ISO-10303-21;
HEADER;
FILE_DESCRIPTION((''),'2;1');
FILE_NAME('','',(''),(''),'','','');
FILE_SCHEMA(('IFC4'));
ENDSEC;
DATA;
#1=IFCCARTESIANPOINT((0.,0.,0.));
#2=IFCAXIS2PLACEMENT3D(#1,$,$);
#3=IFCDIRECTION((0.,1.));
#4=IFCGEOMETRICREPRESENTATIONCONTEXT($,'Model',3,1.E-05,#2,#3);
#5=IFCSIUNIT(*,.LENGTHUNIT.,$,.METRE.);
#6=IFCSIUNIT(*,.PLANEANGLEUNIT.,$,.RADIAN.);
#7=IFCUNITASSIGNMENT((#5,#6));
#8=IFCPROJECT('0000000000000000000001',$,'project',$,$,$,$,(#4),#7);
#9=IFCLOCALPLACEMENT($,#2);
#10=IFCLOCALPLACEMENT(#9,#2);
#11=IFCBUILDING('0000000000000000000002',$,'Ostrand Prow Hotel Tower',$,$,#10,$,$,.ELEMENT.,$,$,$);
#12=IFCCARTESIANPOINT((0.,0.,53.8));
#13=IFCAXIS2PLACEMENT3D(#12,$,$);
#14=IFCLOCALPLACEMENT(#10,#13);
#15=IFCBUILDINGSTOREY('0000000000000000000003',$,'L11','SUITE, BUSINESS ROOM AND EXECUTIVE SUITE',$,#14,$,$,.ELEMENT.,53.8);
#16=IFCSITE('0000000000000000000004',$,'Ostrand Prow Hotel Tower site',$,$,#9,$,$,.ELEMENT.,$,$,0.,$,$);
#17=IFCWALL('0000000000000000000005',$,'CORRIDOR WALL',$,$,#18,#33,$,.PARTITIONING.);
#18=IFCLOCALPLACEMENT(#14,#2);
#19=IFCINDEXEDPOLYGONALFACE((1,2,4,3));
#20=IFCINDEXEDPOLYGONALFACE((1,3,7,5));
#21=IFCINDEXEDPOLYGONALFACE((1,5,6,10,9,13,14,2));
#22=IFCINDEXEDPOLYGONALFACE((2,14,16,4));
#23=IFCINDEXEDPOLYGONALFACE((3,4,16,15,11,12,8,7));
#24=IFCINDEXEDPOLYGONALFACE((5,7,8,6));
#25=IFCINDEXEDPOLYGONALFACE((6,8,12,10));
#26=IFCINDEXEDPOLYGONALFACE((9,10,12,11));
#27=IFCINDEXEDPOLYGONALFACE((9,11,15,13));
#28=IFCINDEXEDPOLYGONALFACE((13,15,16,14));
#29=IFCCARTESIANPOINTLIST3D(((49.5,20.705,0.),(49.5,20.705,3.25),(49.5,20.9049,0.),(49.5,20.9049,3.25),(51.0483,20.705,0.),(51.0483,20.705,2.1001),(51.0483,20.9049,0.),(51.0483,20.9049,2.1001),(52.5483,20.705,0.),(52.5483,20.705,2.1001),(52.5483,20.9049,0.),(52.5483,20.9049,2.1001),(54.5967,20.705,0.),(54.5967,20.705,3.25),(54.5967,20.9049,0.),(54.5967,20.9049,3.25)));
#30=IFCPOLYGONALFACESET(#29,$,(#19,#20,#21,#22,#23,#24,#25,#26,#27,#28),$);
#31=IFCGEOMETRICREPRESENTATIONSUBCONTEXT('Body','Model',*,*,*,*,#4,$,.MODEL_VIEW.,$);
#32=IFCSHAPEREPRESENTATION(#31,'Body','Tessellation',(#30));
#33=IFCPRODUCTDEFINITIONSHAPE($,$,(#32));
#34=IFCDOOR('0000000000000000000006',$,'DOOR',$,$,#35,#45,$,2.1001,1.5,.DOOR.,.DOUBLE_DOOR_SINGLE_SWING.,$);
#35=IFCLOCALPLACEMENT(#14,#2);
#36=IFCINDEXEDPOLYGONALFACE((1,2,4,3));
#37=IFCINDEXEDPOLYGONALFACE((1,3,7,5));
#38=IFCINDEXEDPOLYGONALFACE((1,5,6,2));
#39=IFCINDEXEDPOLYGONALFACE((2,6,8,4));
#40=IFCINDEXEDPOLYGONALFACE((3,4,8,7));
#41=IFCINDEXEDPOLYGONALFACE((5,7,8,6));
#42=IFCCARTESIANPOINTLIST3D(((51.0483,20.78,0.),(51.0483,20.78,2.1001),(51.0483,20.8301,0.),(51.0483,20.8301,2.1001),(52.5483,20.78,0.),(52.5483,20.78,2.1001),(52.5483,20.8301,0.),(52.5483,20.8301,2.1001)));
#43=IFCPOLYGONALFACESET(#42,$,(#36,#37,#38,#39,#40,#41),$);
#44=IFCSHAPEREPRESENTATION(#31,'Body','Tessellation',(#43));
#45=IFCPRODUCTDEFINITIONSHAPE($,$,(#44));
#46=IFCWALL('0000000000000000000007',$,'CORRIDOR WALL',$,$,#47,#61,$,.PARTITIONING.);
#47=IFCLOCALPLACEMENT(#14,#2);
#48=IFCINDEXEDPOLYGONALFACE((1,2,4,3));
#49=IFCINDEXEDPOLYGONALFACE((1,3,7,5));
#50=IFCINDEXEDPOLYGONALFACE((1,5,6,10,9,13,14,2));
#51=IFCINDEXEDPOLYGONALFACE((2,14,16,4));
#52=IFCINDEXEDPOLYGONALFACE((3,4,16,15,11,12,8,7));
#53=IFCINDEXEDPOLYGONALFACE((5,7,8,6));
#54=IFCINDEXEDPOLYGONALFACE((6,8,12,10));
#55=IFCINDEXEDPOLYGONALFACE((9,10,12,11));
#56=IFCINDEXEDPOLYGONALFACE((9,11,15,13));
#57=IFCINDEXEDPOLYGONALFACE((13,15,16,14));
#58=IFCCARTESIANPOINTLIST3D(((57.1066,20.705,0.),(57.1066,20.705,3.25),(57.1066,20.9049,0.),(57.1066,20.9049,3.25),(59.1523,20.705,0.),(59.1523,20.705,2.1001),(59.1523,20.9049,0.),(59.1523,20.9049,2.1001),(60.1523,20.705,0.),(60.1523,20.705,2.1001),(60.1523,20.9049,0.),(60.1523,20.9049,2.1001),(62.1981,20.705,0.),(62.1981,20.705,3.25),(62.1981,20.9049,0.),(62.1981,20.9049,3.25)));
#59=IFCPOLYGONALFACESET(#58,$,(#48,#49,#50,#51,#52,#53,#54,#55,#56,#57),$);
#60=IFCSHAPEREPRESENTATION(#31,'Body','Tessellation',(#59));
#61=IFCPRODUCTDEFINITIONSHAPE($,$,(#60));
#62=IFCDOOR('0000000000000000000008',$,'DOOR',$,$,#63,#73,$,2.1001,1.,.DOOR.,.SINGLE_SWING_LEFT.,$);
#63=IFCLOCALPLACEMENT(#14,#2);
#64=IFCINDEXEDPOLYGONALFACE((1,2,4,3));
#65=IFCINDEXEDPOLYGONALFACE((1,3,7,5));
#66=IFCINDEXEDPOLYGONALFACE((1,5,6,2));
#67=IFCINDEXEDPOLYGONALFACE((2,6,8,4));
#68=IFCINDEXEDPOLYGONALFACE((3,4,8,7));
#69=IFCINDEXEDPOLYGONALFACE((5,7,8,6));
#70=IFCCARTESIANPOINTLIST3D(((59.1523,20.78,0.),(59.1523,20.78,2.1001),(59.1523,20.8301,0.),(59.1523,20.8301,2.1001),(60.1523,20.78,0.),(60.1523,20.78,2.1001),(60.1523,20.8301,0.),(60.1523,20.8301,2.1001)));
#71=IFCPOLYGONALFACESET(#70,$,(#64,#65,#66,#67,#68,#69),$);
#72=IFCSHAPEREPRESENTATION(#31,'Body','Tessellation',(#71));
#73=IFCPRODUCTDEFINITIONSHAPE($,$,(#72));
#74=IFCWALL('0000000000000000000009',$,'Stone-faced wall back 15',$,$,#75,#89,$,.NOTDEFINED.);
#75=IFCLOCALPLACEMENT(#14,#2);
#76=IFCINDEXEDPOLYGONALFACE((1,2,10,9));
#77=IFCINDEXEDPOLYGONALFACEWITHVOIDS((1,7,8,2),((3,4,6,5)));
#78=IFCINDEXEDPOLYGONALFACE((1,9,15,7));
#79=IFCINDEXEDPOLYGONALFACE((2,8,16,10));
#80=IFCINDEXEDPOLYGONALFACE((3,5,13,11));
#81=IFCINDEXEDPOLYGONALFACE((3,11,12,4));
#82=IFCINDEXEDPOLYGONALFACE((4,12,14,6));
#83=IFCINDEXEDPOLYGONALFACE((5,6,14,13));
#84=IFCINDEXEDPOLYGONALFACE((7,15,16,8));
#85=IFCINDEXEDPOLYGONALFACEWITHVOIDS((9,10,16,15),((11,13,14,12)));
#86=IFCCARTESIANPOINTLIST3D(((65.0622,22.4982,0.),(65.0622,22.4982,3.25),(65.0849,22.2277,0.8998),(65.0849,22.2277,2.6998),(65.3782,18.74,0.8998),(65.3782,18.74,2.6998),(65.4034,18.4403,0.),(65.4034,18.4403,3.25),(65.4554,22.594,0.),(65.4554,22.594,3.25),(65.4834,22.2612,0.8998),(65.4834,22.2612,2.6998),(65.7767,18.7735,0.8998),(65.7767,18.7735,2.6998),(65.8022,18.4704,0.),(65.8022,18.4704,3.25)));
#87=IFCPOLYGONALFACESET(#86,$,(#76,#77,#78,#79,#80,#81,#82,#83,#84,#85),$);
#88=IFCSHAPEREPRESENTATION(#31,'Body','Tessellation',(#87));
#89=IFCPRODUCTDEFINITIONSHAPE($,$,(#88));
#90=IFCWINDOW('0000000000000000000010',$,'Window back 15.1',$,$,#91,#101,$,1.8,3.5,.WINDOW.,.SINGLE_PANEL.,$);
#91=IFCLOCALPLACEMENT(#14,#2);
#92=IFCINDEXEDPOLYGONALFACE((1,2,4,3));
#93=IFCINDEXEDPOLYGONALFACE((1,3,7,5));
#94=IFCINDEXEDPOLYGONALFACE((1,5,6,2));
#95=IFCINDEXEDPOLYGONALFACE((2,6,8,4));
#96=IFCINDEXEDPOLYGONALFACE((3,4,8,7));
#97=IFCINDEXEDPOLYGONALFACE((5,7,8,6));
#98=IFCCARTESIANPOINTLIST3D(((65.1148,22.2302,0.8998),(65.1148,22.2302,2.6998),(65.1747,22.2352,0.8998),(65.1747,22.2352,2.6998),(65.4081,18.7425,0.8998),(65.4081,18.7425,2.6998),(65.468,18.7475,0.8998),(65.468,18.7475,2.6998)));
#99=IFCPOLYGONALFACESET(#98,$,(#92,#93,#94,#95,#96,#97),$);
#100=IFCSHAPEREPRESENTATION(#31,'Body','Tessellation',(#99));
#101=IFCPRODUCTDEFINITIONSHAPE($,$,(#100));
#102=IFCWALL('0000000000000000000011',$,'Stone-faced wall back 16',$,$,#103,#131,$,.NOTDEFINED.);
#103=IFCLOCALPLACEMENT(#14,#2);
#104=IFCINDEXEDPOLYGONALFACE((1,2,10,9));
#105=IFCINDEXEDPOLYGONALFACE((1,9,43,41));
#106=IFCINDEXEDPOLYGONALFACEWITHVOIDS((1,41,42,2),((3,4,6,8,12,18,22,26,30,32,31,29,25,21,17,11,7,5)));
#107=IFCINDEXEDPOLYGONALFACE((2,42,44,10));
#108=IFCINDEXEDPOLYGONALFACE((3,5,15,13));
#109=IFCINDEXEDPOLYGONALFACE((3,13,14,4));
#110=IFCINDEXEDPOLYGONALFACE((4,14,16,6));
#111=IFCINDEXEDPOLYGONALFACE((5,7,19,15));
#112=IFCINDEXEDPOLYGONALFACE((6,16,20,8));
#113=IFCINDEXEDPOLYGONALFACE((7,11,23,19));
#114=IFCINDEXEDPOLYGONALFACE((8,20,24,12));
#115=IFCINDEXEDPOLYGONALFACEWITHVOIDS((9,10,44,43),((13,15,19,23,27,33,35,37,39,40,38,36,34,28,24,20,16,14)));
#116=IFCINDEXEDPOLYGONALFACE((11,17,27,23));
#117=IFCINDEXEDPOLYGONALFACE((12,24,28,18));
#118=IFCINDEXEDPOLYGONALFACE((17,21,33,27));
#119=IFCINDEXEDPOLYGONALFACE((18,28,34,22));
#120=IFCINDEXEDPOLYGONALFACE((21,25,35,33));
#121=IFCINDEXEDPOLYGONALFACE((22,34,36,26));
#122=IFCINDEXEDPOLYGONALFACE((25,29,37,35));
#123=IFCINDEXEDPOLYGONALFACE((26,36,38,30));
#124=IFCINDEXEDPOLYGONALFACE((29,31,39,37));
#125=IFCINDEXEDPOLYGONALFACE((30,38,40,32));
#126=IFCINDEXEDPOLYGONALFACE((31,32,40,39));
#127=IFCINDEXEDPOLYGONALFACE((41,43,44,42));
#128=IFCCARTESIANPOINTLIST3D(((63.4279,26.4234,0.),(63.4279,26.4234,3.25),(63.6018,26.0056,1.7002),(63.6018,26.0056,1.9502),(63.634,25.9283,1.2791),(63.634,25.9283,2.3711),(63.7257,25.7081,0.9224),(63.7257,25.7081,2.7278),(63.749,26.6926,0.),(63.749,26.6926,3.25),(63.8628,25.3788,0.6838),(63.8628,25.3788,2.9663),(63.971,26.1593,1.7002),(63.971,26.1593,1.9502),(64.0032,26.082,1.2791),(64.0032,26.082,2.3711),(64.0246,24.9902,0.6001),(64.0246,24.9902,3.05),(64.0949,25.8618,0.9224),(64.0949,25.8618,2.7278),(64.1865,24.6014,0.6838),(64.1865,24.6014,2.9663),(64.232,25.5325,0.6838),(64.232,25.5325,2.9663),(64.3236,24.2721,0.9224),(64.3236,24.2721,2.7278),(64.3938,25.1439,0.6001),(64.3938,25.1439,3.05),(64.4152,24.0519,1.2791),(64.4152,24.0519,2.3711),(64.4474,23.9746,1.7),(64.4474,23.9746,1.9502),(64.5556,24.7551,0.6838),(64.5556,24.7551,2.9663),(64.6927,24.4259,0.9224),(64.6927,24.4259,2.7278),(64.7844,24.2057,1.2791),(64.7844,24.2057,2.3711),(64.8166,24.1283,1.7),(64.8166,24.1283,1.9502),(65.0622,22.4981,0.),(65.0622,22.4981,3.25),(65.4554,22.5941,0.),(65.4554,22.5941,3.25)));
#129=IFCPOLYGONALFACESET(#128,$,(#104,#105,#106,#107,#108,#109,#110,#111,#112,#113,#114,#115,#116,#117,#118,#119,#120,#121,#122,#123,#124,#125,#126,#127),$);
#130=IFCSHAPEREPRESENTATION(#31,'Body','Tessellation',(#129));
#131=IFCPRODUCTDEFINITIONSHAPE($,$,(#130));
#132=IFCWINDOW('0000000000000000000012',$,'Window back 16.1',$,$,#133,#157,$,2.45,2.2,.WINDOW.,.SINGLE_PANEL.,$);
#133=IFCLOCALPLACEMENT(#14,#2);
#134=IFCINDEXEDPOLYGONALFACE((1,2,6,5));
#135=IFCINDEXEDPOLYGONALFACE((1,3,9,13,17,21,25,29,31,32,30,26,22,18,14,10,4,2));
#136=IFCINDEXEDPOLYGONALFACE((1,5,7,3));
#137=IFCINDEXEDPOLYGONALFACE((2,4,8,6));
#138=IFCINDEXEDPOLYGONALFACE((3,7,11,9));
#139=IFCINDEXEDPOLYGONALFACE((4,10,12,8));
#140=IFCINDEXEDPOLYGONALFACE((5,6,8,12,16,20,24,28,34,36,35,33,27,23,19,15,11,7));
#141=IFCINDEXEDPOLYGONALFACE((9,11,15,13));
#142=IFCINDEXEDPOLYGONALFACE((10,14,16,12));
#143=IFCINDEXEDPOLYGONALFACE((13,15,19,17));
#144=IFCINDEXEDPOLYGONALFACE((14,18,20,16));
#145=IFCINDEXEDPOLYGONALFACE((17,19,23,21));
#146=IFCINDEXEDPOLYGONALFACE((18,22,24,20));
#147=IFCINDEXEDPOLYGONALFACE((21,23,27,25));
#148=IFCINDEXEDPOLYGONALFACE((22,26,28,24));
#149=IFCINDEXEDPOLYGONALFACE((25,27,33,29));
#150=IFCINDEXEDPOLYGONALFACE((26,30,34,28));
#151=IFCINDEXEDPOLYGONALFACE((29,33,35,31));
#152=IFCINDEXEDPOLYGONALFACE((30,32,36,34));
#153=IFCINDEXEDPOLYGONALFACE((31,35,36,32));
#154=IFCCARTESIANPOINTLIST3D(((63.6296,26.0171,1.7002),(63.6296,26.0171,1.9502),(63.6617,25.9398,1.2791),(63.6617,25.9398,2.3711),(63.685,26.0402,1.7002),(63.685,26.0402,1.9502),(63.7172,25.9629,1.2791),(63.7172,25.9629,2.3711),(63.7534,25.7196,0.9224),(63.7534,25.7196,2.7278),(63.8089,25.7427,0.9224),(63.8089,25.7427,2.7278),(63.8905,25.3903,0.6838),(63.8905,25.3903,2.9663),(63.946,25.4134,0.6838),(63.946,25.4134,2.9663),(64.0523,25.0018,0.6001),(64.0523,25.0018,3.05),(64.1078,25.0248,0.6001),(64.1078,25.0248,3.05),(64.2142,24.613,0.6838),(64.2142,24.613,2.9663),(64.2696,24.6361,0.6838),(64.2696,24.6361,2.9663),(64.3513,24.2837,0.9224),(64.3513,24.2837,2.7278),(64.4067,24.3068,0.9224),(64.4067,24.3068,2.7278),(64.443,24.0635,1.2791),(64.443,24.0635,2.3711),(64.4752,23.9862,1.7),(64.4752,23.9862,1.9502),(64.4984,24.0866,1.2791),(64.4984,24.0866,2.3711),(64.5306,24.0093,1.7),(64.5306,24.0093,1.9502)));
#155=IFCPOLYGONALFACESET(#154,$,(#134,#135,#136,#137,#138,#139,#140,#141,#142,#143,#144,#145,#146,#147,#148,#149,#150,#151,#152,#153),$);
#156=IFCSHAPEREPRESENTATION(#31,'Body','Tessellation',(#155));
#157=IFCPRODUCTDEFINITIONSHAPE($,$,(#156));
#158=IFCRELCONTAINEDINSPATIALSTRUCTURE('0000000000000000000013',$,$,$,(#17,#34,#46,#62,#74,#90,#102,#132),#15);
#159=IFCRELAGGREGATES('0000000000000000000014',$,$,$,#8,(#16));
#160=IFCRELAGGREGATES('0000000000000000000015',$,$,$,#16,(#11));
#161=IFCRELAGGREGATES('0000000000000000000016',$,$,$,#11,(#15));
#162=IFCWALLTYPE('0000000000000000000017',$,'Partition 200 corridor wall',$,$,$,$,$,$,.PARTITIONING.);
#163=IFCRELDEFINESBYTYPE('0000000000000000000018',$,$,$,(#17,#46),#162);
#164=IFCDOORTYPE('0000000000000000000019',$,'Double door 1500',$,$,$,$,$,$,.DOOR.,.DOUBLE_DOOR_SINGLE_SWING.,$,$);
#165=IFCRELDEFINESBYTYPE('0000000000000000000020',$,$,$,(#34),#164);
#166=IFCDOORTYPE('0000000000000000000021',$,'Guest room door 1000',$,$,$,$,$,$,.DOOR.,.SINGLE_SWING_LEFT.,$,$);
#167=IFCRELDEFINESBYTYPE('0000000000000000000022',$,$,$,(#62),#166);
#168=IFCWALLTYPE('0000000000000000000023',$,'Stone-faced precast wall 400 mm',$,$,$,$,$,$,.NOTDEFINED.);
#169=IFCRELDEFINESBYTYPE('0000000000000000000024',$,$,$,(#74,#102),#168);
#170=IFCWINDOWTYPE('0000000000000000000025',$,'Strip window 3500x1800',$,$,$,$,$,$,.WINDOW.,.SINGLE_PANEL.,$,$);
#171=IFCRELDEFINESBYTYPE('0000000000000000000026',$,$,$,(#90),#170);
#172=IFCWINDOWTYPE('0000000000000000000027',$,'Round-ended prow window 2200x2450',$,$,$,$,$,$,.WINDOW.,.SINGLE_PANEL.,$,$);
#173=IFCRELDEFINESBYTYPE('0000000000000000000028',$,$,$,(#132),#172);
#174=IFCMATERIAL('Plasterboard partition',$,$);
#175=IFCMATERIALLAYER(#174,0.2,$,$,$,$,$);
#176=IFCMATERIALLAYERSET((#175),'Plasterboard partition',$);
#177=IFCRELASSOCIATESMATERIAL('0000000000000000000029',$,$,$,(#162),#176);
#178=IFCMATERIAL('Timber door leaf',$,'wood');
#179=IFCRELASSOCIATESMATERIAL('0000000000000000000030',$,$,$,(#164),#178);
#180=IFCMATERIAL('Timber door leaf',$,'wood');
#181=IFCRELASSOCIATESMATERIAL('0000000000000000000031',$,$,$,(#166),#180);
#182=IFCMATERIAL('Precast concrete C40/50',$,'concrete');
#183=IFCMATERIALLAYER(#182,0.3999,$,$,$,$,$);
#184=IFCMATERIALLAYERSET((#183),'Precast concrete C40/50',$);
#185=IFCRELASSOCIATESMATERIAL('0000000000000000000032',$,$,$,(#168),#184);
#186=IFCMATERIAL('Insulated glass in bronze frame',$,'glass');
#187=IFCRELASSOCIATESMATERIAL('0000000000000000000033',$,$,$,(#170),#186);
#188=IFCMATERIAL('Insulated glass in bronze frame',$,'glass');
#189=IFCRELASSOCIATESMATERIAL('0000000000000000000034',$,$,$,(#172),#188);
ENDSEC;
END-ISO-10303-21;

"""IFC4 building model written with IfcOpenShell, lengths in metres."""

from ifc_helpers import new_model, si_unit, direction, frame, frame_2d, origin, place, context, subcontext, project, spatial, polyline, rectangle, outline, extrude, material, layer, layer_set, type_object, element, fill, save


model = new_model("IFC4")

# Units and contexts
model_context = context("Model", 3, precision=1e-05, world=origin(), true_north=direction((0.0, 1.0)))
body_context = subcontext(model_context, "Body", "Model", "MODEL_VIEW")
ifc_project = project(units=[si_unit("LENGTHUNIT", "METRE"), si_unit("PLANEANGLEUNIT", "RADIAN")], contexts=[model_context])

# Site, building, storey
site_placement = place(None, origin())
site = spatial("IfcSite", under=ifc_project, at=site_placement, Name="Ostrand Prow Hotel Tower site", CompositionType="ELEMENT", RefElevation=0.0)
building_placement = place(site_placement, origin())
building = spatial("IfcBuilding", under=site, at=building_placement, Name="Ostrand Prow Hotel Tower", CompositionType="ELEMENT")
storey_placement = place(building_placement, frame((0.0, 0.0, 53.8)))
storey = spatial("IfcBuildingStorey", under=building, at=storey_placement, Name="L11", Description="SUITE, BUSINESS ROOM AND EXECUTIVE SUITE", CompositionType="ELEMENT", Elevation=53.8)

# Walls, openings, doors
ifc_material_1 = material(Name="Plasterboard partition")
ifc_layer_1 = layer(ifc_material_1, 0.2)
ifc_layer_set_1 = layer_set([ifc_layer_1], Name="Plasterboard partition")
wall_type_1 = type_object("IfcWallType", Name="Partition 200 corridor wall", PredefinedType="PARTITIONING", material=ifc_layer_set_1)
wall_1_placement = place(storey_placement, frame((54.5967, 20.8049, 0.0), z_axis=(0.0, 0.0, 1.0), x_axis=(-1.0, 0.0, 0.0)))
wall_1 = element("IfcWall", 1, at=wall_1_placement, inside=storey, type_object=wall_type_1, Name="CORRIDOR WALL", PredefinedType="PARTITIONING", context=body_context, shape_type="SweptSolid", body=[
    extrude(rectangle(XDim=5.0967, YDim=0.2, at=frame_2d((2.5483, 0.0))), origin(), (0.0, 0.0, 1.0), 3.25),
])
opening_1_placement = place(wall_1_placement, frame((2.0483, 0.0, 0.0)))
opening_1 = element("IfcOpeningElement", 2, at=opening_1_placement, cuts=wall_1, PredefinedType="OPENING", context=body_context, shape_type="SweptSolid", body=[
    extrude(rectangle(XDim=1.5, YDim=2.1001, at=frame_2d((0.75, 1.05))), frame((0.0, 0.1099, 0.0), z_axis=(0.0, -1.0, 0.0), x_axis=(1.0, 0.0, 0.0)), (0.0, 0.0, 1.0), 0.22),
])
ifc_material_2 = material(Name="Timber door leaf", Category="wood")
door_type_1 = type_object("IfcDoorType", Name="Double door 1500", OperationType="DOUBLE_DOOR_SINGLE_SWING", PredefinedType="DOOR", material=ifc_material_2)
door_1_placement = place(opening_1_placement, origin())
door_1 = element("IfcDoor", 3, at=door_1_placement, inside=storey, type_object=door_type_1, Name="DOOR", OperationType="DOUBLE_DOOR_SINGLE_SWING", OverallHeight=2.1001, OverallWidth=1.5, PredefinedType="DOOR", context=body_context, shape_type="SweptSolid", body=[
    extrude(rectangle(XDim=1.5, YDim=2.1001, at=frame_2d((0.75, 1.05))), frame((0.0, 0.0249, 0.0), z_axis=(0.0, -1.0, 0.0), x_axis=(1.0, 0.0, 0.0)), (0.0, 0.0, 1.0), 0.05),
])
fill(opening_1, door_1)
wall_2_placement = place(storey_placement, frame((62.1982, 20.8049, 0.0), z_axis=(0.0, 0.0, 1.0), x_axis=(-1.0, 0.0, 0.0)))
wall_2 = element("IfcWall", 4, at=wall_2_placement, inside=storey, type_object=wall_type_1, Name="CORRIDOR WALL", PredefinedType="PARTITIONING", context=body_context, shape_type="SweptSolid", body=[
    extrude(rectangle(XDim=5.0916, YDim=0.2, at=frame_2d((2.5459, 0.0))), origin(), (0.0, 0.0, 1.0), 3.25),
])
opening_2_placement = place(wall_2_placement, frame((2.0459, 0.0, 0.0)))
opening_2 = element("IfcOpeningElement", 5, at=opening_2_placement, cuts=wall_2, PredefinedType="OPENING", context=body_context, shape_type="SweptSolid", body=[
    extrude(rectangle(XDim=1.0, YDim=2.1001, at=frame_2d((0.5, 1.05))), frame((0.0, 0.1099, 0.0), z_axis=(0.0, -1.0, 0.0), x_axis=(1.0, 0.0, 0.0)), (0.0, 0.0, 1.0), 0.22),
])
ifc_material_3 = material(Name="Timber door leaf", Category="wood")
door_type_2 = type_object("IfcDoorType", Name="Guest room door 1000", OperationType="SINGLE_SWING_LEFT", PredefinedType="DOOR", material=ifc_material_3)
door_2_placement = place(opening_2_placement, origin())
door_2 = element("IfcDoor", 6, at=door_2_placement, inside=storey, type_object=door_type_2, Name="DOOR", OperationType="SINGLE_SWING_LEFT", OverallHeight=2.1001, OverallWidth=1.0, PredefinedType="DOOR", context=body_context, shape_type="SweptSolid", body=[
    extrude(rectangle(XDim=1.0, YDim=2.1001, at=frame_2d((0.5, 1.05))), frame((0.0, 0.0249, 0.0), z_axis=(0.0, -1.0, 0.0), x_axis=(1.0, 0.0, 0.0)), (0.0, 0.0, 1.0), 0.05),
])
fill(opening_2, door_2)

# Walls, openings, windows
ifc_material_4 = material(Name="Precast concrete C40/50", Category="concrete")
ifc_layer_2 = layer(ifc_material_4, 0.3999)
ifc_layer_set_2 = layer_set([ifc_layer_2], Name="Precast concrete C40/50")
wall_type_2 = type_object("IfcWallType", Name="Stone-faced precast wall 400 mm", PredefinedType="NOTDEFINED", material=ifc_layer_set_2)
wall_3_placement = place(storey_placement, frame((65.6028, 18.4553, 0.0), z_axis=(0.0, 0.0, 1.0), x_axis=(-0.083794, 0.996483, 0.0)))
wall_3 = element("IfcWall", 7, at=wall_3_placement, inside=storey, type_object=wall_type_2, Name="Stone-faced wall back 15", PredefinedType="NOTDEFINED", context=body_context, shape_type="SweptSolid", body=[
    extrude(outline(polyline([(-0.0017, -0.2), (4.1365, -0.2), (4.074, 0.2), (0.0017, 0.2), (-0.0017, -0.2)])), origin(), (0.0, 0.0, 1.0), 3.25),
])
opening_3_placement = place(wall_3_placement, frame((0.3025, 0.0, 0.8999)))
opening_3 = element("IfcOpeningElement", 8, at=opening_3_placement, cuts=wall_3, PredefinedType="OPENING", context=body_context, shape_type="SweptSolid", body=[
    extrude(rectangle(XDim=3.5, YDim=1.8, at=frame_2d((1.75, 0.8999))), frame((0.0, 0.21, 0.0), z_axis=(0.0, -1.0, 0.0), x_axis=(1.0, 0.0, 0.0)), (0.0, 0.0, 1.0), 0.4199),
])
ifc_material_5 = material(Name="Insulated glass in bronze frame", Category="glass")
window_type_1 = type_object("IfcWindowType", Name="Strip window 3500x1800", PartitioningType="SINGLE_PANEL", PredefinedType="WINDOW", material=ifc_material_5)
window_1_placement = place(opening_3_placement, origin())
window_1 = element("IfcWindow", 9, at=window_1_placement, inside=storey, type_object=window_type_1, Name="Window back 15.1", OverallHeight=1.8, OverallWidth=3.5, PartitioningType="SINGLE_PANEL", PredefinedType="WINDOW", context=body_context, shape_type="SweptSolid", body=[
    extrude(rectangle(XDim=3.5, YDim=1.8, at=frame_2d((1.75, 0.8999))), frame((0.0, 0.1699, 0.0), z_axis=(0.0, -1.0, 0.0), x_axis=(1.0, 0.0, 0.0)), (0.0, 0.0, 1.0), 0.0601),
])
fill(opening_3, window_1)
wall_4_placement = place(storey_placement, frame((65.2588, 22.5461, 0.0), z_axis=(0.0, 0.0, 1.0), x_axis=(-0.384372, 0.923178, 0.0)))
wall_4 = element("IfcWall", 10, at=wall_4_placement, inside=storey, type_object=wall_type_2, Name="Stone-faced wall back 16", PredefinedType="NOTDEFINED", context=body_context, shape_type="SweptSolid", body=[
    extrude(outline(polyline([(-0.0312, -0.2), (4.4082, -0.2), (4.2832, 0.2), (0.0312, 0.2), (-0.0312, -0.2)])), origin(), (0.0, 0.0, 1.0), 3.25),
])
opening_4_placement = place(wall_4_placement, frame((1.6306, 0.0, 0.6001)))
opening_4 = element("IfcOpeningElement", 11, at=opening_4_placement, cuts=wall_4, PredefinedType="OPENING", context=body_context, shape_type="SweptSolid", body=[
    extrude(outline(polyline([(0.0, 1.3501), (0.0837, 1.771), (0.3223, 2.1277), (0.679, 2.3662), (1.1001, 2.45), (1.521, 2.3662), (1.8777, 2.1277), (2.1162, 1.771), (2.2, 1.3501), (2.2, 1.1001), (2.1162, 0.679), (1.8777, 0.3223), (1.521, 0.0837), (1.1001, 0.0), (0.679, 0.0837), (0.3223, 0.3223), (0.0837, 0.679), (0.0, 1.0999), (0.0, 1.3501)])), frame((0.0, 0.21, 0.0), z_axis=(0.0, -1.0, 0.0), x_axis=(1.0, 0.0, 0.0)), (0.0, 0.0, 1.0), 0.4199),
])
ifc_material_6 = material(Name="Insulated glass in bronze frame", Category="glass")
window_type_2 = type_object("IfcWindowType", Name="Round-ended prow window 2200x2450", PartitioningType="SINGLE_PANEL", PredefinedType="WINDOW", material=ifc_material_6)
window_2_placement = place(opening_4_placement, origin())
window_2 = element("IfcWindow", 12, at=window_2_placement, inside=storey, type_object=window_type_2, Name="Window back 16.1", OverallHeight=2.45, OverallWidth=2.2, PartitioningType="SINGLE_PANEL", PredefinedType="WINDOW", context=body_context, shape_type="SweptSolid", body=[
    extrude(outline(polyline([(0.0, 1.3501), (0.0837, 1.771), (0.3223, 2.1277), (0.679, 2.3662), (1.1001, 2.45), (1.521, 2.3662), (1.8777, 2.1277), (2.1162, 1.771), (2.2, 1.3501), (2.2, 1.1001), (2.1162, 0.679), (1.8777, 0.3223), (1.521, 0.0837), (1.1001, 0.0), (0.679, 0.0837), (0.3223, 0.3223), (0.0837, 0.679), (0.0, 1.0999), (0.0, 1.3501)])), frame((0.0, 0.1699, 0.0), z_axis=(0.0, -1.0, 0.0), x_axis=(1.0, 0.0, 0.0)), (0.0, 0.0, 1.0), 0.0601),
])
fill(opening_4, window_2)

save(model, "model.ifc")
